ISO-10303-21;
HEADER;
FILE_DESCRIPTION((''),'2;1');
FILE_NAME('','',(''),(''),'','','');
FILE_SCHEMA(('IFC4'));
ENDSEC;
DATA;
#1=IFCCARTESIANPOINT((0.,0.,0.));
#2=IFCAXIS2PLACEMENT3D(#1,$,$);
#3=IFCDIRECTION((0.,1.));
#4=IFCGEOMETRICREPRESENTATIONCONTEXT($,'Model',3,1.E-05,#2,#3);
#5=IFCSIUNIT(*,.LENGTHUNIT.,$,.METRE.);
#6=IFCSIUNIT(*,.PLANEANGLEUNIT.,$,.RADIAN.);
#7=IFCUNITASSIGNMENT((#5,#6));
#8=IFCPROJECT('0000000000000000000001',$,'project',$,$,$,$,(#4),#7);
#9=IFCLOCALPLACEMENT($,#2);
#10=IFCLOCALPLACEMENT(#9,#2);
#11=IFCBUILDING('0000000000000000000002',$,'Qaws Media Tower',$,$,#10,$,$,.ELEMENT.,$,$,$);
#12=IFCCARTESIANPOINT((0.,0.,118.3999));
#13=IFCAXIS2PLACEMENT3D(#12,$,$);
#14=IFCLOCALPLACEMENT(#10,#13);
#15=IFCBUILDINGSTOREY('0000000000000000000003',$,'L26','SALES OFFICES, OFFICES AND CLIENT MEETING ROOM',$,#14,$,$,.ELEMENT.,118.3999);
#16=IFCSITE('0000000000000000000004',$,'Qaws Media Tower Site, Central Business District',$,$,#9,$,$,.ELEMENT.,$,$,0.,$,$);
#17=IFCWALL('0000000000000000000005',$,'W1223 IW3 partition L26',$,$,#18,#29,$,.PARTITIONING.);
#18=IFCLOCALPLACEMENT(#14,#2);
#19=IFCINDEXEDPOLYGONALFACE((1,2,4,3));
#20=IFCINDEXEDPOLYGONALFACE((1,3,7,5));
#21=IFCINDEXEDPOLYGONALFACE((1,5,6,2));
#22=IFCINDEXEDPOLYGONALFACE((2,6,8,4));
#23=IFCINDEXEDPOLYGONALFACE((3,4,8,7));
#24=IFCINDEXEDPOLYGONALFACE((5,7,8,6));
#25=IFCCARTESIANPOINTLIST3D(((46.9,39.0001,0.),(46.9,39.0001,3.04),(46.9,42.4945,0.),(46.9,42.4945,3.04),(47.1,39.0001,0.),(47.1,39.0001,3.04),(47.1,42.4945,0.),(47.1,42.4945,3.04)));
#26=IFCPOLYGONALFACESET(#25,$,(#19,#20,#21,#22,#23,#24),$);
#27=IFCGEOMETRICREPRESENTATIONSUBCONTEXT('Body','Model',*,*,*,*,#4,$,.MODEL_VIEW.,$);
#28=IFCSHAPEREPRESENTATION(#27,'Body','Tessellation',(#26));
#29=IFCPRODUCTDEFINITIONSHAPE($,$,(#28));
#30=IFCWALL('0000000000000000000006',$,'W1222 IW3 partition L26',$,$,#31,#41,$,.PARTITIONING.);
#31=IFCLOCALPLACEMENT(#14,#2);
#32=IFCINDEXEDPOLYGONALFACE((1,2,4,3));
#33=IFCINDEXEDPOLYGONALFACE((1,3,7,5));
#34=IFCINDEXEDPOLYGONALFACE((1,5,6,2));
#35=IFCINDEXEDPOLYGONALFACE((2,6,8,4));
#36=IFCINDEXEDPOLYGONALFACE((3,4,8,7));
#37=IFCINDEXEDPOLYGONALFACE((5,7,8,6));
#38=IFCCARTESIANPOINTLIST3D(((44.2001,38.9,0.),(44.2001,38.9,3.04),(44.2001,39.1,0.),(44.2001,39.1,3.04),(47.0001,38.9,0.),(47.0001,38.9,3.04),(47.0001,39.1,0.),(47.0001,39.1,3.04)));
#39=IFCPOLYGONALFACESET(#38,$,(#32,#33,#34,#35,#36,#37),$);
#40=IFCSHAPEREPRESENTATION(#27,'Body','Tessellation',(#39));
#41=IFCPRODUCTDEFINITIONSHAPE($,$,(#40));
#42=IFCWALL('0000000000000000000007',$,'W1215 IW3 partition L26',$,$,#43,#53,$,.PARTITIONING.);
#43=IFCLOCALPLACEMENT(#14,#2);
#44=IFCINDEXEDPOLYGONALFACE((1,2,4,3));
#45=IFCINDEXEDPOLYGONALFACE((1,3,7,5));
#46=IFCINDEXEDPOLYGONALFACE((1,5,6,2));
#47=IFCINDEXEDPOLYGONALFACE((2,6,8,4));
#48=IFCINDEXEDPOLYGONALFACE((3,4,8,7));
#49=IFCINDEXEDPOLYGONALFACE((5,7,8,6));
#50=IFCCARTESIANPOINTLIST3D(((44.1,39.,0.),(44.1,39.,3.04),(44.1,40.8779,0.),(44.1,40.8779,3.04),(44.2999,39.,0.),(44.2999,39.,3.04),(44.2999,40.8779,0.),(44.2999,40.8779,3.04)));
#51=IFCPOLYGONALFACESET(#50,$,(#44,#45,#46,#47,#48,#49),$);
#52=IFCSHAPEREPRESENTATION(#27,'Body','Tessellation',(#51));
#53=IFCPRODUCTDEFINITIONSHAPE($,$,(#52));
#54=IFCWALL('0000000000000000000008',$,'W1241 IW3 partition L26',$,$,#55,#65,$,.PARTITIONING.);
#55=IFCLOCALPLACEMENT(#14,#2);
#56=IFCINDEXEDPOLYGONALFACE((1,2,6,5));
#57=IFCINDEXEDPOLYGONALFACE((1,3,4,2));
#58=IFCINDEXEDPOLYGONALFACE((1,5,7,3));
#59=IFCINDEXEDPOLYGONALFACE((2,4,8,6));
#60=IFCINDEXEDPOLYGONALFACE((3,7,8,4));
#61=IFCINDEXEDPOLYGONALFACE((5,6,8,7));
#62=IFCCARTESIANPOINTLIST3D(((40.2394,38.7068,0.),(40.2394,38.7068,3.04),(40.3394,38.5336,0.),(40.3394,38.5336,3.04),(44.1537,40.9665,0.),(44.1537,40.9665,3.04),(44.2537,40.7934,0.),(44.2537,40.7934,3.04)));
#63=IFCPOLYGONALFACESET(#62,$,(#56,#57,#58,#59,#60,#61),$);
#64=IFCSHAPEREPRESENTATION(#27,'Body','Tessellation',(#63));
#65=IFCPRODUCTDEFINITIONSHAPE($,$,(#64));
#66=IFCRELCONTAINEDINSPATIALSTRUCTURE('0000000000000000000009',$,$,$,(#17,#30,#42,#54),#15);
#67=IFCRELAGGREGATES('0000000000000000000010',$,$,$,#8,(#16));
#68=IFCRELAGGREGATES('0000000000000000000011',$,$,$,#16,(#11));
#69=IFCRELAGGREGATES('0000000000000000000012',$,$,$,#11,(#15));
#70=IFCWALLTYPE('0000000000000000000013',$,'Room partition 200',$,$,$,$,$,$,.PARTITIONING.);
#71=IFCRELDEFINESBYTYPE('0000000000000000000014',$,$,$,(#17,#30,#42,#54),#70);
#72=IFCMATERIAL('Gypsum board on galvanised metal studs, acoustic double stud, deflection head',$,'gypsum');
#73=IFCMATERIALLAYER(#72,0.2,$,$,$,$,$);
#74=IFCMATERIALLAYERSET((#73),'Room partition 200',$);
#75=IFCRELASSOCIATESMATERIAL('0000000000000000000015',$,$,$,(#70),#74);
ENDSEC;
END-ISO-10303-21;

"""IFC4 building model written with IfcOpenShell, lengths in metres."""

from ifc_helpers import new_model, si_unit, direction, frame, frame_2d, origin, place, context, subcontext, project, spatial, rectangle, extrude, material, layer, layer_set, type_object, element, save


model = new_model("IFC4")

# Units and contexts
model_context = context("Model", 3, precision=1e-05, world=origin(), true_north=direction((0.0, 1.0)))
body_context = subcontext(model_context, "Body", "Model", "MODEL_VIEW")
ifc_project = project(units=[si_unit("LENGTHUNIT", "METRE"), si_unit("PLANEANGLEUNIT", "RADIAN")], contexts=[model_context])

# Site, building, storey
site_placement = place(None, origin())
site = spatial("IfcSite", under=ifc_project, at=site_placement, Name="Qaws Media Tower Site, Central Business District", CompositionType="ELEMENT", RefElevation=0.0)
building_placement = place(site_placement, origin())
building = spatial("IfcBuilding", under=site, at=building_placement, Name="Qaws Media Tower", CompositionType="ELEMENT")
storey_placement = place(building_placement, frame((0.0, 0.0, 118.3999)))
storey = spatial("IfcBuildingStorey", under=building, at=storey_placement, Name="L26", Description="SALES OFFICES, OFFICES AND CLIENT MEETING ROOM", CompositionType="ELEMENT", Elevation=118.3999)

# Walls
ifc_material_1 = material(Name="Gypsum board on galvanised metal studs, acoustic double stud, deflection head", Category="gypsum")
ifc_layer_1 = layer(ifc_material_1, 0.2)
ifc_layer_set_1 = layer_set([ifc_layer_1], Name="Room partition 200")
wall_type = type_object("IfcWallType", Name="Room partition 200", PredefinedType="PARTITIONING", material=ifc_layer_set_1)
wall_1_placement = place(storey_placement, frame((47.0, 42.4944, 0.0), z_axis=(0.0, 0.0, 1.0), x_axis=(0.0, -1.0, 0.0)))
element("IfcWall", 1, at=wall_1_placement, inside=storey, type_object=wall_type, Name="W1223 IW3 partition L26", PredefinedType="PARTITIONING", context=body_context, shape_type="SweptSolid", body=[
    extrude(rectangle(XDim=3.4944, YDim=0.2, at=frame_2d((1.7471, 0.0))), origin(), (0.0, 0.0, 1.0), 3.04),
])
wall_2_placement = place(storey_placement, frame((47.0, 39.0, 0.0), z_axis=(0.0, 0.0, 1.0), x_axis=(-1.0, 0.0, 0.0)))
element("IfcWall", 2, at=wall_2_placement, inside=storey, type_object=wall_type, Name="W1222 IW3 partition L26", PredefinedType="PARTITIONING", context=body_context, shape_type="SweptSolid", body=[
    extrude(rectangle(XDim=2.8, YDim=0.2, at=frame_2d((1.3999, 0.0))), origin(), (0.0, 0.0, 1.0), 3.04),
])
wall_3_placement = place(storey_placement, frame((44.2, 39.0, 0.0), z_axis=(0.0, 0.0, 1.0), x_axis=(0.0, 1.0, 0.0)))
element("IfcWall", 3, at=wall_3_placement, inside=storey, type_object=wall_type, Name="W1215 IW3 partition L26", PredefinedType="PARTITIONING", context=body_context, shape_type="SweptSolid", body=[
    extrude(rectangle(XDim=1.8779, YDim=0.2, at=frame_2d((0.939, 0.0))), origin(), (0.0, 0.0, 1.0), 3.04),
])

# Wall
wall_4_placement = place(storey_placement, frame((44.2036, 40.8799, 0.0), z_axis=(0.0, 0.0, 1.0), x_axis=(-0.866041, -0.499973, 0.0)))
element("IfcWall", 4, at=wall_4_placement, inside=storey, type_object=wall_type, Name="W1241 IW3 partition L26", PredefinedType="PARTITIONING", context=body_context, shape_type="SweptSolid", body=[
    extrude(rectangle(XDim=4.5198, YDim=0.2, at=frame_2d((2.2598, 0.0))), origin(), (0.0, 0.0, 1.0), 3.04),
])

save(model, "model.ifc")
